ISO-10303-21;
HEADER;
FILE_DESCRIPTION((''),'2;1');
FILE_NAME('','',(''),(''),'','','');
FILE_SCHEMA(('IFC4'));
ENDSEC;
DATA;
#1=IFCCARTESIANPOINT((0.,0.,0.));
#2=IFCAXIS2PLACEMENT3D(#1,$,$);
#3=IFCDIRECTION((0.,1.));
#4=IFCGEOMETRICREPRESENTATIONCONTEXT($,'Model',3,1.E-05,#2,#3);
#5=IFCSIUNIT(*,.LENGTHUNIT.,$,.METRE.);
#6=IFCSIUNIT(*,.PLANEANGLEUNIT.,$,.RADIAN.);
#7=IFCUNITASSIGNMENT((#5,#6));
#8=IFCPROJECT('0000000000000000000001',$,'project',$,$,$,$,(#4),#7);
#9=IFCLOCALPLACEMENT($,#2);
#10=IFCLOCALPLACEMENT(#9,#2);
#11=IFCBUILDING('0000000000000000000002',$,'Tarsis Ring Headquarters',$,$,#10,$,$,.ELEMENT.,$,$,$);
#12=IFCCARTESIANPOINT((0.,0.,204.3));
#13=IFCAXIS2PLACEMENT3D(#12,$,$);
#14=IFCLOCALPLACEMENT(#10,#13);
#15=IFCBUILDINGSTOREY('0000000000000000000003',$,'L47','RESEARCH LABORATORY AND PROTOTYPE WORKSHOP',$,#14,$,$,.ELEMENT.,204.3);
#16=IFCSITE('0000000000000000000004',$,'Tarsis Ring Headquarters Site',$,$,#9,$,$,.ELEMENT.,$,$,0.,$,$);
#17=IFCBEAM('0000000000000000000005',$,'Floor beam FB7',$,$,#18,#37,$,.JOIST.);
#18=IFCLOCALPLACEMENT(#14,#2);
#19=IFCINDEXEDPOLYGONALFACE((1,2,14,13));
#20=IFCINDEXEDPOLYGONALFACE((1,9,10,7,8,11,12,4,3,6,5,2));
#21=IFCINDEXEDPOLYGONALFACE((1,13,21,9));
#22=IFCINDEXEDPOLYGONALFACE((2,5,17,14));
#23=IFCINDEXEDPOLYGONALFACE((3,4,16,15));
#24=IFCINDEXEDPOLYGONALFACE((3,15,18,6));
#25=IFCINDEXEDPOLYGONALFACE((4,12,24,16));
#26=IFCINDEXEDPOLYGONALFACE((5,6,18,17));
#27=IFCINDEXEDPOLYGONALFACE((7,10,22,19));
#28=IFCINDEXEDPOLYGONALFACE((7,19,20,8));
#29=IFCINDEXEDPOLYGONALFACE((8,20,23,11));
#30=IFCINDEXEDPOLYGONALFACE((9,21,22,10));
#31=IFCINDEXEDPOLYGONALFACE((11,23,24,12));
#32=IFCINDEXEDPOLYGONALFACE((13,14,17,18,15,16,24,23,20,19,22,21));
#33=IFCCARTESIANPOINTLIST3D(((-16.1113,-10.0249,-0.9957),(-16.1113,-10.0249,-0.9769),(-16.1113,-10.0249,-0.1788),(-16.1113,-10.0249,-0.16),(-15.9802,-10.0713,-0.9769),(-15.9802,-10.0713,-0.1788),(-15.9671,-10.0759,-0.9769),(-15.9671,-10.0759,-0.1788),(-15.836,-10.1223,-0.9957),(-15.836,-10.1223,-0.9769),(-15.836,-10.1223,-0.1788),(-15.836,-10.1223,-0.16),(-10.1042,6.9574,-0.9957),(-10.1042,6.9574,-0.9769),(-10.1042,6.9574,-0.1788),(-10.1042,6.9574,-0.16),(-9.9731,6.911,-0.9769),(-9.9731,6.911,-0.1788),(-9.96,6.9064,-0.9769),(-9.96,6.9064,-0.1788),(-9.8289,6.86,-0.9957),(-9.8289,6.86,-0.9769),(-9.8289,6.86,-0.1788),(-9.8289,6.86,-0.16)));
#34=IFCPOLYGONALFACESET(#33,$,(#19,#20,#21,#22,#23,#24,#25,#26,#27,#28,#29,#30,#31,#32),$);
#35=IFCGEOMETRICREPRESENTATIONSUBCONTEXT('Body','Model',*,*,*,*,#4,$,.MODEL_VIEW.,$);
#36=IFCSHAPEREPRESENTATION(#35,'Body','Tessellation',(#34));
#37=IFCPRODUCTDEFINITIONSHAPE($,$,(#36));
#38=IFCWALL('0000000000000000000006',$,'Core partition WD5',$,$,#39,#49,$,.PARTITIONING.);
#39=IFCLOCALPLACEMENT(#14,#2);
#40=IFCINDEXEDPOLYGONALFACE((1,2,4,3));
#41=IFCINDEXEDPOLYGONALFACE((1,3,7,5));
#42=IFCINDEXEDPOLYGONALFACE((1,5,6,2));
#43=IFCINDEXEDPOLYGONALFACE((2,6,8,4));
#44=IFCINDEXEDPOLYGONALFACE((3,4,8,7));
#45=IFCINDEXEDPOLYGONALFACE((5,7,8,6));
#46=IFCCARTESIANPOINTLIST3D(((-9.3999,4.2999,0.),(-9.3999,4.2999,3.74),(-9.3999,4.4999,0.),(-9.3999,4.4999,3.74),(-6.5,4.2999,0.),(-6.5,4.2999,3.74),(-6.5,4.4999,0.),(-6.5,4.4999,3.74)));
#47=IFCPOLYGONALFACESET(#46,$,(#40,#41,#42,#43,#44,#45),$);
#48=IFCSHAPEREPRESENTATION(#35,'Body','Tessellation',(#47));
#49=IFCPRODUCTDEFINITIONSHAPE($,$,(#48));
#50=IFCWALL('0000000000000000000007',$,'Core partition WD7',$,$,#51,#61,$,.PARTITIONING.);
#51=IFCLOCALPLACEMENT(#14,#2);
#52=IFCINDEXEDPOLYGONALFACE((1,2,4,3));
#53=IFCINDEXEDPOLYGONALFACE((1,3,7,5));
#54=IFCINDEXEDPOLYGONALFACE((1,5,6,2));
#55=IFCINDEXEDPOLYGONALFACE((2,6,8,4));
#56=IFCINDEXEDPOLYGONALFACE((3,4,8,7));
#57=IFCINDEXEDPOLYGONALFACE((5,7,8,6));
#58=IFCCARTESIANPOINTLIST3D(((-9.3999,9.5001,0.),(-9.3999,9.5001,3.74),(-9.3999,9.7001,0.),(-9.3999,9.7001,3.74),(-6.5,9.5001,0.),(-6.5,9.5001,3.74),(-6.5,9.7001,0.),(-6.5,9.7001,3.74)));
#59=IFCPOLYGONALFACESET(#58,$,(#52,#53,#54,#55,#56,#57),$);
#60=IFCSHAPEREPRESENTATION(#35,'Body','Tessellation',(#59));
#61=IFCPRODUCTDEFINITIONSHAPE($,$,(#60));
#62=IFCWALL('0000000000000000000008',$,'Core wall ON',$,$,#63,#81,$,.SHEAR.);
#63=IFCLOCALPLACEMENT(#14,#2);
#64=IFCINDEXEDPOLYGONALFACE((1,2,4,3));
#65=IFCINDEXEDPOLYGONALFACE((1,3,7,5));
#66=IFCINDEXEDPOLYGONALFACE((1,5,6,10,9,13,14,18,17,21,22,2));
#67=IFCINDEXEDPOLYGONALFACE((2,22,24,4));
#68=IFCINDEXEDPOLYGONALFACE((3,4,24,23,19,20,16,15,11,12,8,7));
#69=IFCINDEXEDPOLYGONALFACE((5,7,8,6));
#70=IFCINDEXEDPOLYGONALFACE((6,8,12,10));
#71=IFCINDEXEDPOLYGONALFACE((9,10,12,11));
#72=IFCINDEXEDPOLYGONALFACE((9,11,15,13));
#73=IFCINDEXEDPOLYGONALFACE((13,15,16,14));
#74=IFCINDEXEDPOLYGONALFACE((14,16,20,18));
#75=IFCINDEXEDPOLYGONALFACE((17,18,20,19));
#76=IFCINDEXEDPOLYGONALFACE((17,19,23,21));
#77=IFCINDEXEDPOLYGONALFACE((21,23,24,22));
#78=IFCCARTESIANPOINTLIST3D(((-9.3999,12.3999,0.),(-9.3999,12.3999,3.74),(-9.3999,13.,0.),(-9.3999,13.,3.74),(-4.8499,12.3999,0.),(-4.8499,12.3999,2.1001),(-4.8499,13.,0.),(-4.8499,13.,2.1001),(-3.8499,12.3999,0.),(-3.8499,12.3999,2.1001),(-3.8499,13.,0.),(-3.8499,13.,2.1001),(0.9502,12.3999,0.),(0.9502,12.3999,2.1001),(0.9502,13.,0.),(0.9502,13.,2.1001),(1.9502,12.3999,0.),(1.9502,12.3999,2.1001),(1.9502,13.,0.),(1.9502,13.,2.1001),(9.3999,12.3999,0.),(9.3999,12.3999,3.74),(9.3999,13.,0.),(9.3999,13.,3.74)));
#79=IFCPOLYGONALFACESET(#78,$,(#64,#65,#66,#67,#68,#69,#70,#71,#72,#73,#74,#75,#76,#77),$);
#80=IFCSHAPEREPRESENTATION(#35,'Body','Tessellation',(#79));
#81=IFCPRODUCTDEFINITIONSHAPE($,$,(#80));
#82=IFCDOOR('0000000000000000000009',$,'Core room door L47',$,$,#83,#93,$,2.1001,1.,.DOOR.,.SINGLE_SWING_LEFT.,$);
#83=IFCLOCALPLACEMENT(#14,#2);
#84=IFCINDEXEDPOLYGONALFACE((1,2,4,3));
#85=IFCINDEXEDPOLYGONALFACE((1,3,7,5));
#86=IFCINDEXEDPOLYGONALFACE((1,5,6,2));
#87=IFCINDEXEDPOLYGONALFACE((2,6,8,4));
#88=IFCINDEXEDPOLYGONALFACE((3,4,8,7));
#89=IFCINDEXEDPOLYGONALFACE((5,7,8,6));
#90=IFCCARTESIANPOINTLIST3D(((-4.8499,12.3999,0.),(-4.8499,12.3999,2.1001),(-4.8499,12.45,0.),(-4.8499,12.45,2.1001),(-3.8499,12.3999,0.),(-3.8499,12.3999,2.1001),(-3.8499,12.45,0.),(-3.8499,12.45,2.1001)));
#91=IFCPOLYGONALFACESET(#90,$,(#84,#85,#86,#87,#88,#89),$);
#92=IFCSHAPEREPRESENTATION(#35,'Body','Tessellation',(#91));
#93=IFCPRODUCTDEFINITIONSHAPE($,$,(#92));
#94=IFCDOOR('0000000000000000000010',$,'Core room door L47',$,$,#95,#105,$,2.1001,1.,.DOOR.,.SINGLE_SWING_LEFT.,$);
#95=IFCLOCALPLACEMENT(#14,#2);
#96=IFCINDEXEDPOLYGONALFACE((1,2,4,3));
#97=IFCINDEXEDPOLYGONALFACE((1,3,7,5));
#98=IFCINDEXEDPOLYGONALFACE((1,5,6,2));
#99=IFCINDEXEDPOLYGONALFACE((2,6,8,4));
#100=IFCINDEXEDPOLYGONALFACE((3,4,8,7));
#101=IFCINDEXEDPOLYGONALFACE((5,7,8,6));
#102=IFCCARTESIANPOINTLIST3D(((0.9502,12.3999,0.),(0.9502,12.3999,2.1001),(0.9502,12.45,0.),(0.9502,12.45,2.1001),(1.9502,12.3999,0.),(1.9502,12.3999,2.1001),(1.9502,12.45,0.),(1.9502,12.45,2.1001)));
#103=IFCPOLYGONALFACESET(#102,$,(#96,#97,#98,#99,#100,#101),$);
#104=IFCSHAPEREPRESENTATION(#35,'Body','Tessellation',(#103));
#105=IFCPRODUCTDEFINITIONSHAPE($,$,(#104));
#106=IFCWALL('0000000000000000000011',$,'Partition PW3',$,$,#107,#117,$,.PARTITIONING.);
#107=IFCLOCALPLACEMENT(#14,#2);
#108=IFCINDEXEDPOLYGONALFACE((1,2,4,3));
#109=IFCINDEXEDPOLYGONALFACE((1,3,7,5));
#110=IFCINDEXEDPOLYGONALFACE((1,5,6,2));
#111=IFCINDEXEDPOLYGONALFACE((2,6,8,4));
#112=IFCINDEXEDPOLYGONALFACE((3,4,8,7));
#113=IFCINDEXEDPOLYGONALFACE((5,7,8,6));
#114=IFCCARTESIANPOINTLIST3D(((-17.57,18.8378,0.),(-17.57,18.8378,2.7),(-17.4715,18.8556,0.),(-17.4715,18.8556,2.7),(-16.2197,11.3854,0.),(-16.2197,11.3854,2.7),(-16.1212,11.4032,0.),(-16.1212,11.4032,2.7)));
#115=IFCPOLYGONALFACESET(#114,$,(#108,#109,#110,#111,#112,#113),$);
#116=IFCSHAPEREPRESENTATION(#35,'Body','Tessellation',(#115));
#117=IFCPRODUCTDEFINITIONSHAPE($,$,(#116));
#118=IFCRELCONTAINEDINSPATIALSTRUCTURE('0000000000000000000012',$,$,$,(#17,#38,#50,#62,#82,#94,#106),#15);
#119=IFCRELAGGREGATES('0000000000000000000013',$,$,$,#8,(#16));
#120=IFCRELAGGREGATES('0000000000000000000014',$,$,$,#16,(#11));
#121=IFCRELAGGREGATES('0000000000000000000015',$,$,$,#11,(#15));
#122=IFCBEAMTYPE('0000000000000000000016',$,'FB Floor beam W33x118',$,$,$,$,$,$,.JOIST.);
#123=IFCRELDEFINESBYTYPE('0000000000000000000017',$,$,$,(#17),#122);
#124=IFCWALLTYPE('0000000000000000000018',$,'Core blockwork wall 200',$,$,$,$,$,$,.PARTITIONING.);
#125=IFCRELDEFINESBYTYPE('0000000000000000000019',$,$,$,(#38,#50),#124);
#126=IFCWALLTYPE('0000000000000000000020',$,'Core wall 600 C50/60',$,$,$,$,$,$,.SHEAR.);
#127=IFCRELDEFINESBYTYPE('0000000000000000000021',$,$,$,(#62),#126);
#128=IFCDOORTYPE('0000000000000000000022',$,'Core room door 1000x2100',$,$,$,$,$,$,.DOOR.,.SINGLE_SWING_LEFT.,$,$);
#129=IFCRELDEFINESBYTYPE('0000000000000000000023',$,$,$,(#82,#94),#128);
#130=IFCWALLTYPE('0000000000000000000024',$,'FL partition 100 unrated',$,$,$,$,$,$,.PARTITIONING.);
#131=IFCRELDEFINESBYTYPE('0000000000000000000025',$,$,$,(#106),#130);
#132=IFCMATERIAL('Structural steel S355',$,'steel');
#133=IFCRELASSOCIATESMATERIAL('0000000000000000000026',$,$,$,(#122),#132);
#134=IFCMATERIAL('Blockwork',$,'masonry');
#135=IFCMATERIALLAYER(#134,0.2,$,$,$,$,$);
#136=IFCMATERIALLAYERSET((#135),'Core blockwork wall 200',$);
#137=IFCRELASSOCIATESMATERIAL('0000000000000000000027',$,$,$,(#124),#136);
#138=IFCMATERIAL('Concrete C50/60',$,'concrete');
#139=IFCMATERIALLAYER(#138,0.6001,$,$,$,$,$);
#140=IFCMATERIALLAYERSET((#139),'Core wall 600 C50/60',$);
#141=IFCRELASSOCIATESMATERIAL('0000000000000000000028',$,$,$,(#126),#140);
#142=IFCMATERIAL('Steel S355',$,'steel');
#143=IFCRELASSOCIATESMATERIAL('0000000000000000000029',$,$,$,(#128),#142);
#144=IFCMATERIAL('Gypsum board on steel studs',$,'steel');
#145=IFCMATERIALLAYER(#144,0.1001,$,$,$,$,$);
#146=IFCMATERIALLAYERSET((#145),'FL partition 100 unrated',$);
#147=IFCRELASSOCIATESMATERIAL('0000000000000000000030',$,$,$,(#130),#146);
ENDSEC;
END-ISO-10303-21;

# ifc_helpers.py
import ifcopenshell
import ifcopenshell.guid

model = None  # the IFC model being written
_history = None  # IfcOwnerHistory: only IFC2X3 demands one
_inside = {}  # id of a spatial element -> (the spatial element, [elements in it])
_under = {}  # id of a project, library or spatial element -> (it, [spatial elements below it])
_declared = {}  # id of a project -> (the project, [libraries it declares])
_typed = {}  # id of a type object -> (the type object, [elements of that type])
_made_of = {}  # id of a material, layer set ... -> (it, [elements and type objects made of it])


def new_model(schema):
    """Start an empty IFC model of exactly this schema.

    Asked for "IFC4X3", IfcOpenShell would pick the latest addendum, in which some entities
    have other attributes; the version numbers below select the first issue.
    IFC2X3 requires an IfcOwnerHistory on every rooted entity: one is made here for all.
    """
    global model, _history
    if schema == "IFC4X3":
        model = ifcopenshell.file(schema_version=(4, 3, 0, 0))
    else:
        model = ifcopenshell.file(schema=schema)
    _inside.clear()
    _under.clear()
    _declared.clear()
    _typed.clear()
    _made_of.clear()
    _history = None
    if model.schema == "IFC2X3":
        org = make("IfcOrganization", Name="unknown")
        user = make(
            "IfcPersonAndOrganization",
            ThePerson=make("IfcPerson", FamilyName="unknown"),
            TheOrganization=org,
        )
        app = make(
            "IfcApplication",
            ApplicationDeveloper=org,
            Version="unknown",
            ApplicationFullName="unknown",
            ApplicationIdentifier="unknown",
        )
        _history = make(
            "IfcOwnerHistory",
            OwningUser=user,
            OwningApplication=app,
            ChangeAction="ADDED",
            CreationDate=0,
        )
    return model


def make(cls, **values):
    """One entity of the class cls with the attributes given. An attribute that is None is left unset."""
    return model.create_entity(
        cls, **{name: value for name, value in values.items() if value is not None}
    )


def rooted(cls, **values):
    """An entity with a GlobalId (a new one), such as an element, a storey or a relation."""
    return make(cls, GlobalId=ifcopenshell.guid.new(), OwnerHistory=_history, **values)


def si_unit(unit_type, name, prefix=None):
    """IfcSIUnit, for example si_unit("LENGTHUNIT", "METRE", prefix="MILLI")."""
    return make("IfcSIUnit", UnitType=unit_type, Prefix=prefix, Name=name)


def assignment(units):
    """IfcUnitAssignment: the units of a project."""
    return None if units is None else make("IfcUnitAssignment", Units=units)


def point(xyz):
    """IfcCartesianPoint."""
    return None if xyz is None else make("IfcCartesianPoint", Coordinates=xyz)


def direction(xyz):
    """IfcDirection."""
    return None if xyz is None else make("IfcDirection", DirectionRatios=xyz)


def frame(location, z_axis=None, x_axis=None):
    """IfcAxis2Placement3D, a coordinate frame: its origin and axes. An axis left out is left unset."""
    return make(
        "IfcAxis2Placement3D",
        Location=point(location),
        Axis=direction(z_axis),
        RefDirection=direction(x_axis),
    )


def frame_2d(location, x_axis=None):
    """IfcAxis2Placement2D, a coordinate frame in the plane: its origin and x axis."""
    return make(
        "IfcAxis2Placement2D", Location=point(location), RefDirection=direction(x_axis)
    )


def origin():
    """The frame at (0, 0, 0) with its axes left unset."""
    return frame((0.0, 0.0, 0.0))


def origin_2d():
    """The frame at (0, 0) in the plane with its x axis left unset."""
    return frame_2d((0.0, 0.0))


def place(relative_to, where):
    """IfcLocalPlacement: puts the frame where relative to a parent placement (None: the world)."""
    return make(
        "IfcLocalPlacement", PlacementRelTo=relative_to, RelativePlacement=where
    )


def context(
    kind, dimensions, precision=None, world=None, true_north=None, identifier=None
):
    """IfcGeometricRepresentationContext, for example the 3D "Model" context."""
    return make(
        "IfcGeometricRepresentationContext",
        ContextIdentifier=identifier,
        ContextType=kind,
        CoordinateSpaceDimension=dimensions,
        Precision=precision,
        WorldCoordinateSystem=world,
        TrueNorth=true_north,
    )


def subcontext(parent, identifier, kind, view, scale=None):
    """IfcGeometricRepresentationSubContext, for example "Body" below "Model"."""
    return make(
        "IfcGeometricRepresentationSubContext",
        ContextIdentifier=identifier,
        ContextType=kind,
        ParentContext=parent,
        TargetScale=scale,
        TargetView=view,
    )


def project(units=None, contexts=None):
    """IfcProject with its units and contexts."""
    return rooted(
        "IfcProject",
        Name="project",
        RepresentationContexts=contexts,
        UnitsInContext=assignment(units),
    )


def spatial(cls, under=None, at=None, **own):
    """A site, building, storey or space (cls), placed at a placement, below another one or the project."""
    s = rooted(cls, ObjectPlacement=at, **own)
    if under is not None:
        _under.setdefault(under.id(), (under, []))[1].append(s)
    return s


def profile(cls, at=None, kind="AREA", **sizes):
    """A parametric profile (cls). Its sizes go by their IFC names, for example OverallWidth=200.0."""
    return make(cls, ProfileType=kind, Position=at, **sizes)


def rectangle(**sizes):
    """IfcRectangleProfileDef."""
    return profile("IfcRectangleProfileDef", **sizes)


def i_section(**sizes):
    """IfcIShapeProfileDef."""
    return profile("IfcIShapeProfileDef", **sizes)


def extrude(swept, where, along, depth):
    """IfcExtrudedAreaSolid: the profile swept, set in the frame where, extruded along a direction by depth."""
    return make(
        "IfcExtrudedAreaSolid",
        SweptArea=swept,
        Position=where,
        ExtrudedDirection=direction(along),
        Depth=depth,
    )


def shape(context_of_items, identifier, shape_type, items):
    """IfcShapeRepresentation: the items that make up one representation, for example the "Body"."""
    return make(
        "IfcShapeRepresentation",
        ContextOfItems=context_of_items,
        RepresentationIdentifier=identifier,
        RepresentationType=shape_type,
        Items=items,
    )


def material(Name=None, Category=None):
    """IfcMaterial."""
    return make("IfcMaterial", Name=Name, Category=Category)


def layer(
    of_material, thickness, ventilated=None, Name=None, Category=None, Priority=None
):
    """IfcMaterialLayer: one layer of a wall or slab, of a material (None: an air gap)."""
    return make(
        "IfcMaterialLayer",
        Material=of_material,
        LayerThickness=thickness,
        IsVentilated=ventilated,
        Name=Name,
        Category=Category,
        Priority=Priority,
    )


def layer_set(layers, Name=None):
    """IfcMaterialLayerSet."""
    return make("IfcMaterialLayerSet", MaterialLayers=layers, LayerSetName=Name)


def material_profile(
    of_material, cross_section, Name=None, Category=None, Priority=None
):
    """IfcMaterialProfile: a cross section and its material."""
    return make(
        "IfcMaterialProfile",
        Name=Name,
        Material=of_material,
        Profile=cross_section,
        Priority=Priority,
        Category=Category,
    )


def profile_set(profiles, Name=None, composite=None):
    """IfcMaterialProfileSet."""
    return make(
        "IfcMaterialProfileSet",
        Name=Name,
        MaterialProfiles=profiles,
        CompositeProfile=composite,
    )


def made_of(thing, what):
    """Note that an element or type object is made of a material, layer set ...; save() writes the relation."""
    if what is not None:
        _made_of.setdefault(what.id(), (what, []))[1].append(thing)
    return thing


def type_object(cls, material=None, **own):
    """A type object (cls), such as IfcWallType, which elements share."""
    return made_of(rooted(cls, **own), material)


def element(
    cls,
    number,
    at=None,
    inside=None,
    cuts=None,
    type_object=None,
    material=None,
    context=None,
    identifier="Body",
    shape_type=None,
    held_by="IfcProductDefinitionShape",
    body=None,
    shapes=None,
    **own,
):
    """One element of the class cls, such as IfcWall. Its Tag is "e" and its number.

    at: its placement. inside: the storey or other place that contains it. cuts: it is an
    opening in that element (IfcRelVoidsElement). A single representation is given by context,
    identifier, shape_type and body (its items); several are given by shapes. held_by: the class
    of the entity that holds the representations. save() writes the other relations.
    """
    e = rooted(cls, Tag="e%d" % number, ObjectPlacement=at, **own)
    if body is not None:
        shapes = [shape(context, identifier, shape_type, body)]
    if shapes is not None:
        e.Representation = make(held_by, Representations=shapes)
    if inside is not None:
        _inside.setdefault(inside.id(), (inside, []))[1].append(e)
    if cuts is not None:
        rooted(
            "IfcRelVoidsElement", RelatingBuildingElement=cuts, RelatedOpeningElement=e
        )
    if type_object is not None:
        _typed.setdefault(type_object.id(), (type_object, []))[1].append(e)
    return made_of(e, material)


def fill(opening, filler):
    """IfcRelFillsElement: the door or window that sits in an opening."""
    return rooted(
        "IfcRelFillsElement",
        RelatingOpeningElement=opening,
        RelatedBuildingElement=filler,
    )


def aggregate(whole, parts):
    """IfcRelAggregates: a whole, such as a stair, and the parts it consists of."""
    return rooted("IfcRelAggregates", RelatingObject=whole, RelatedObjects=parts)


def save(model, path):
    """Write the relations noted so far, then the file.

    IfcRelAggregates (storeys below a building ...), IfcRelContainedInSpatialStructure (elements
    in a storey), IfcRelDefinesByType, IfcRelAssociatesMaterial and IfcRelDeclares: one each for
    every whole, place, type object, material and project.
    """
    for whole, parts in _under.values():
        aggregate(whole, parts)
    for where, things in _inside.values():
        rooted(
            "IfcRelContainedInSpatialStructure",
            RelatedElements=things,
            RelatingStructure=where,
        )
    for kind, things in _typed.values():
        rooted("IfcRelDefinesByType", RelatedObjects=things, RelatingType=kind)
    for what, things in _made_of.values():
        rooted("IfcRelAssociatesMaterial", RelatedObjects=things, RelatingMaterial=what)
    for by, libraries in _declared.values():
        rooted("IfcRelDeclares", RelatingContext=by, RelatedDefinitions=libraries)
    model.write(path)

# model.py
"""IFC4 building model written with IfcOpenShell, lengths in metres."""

from ifc_helpers import new_model, si_unit, direction, frame, frame_2d, origin, origin_2d, place, context, subcontext, project, spatial, rectangle, i_section, extrude, material, layer, layer_set, material_profile, profile_set, type_object, element, fill, save


model = new_model("IFC4")

# Units and contexts
model_context = context("Model", 3, precision=1e-05, world=origin(), true_north=direction((0.0, 1.0)))
body_context = subcontext(model_context, "Body", "Model", "MODEL_VIEW")
ifc_project = project(units=[si_unit("LENGTHUNIT", "METRE"), si_unit("PLANEANGLEUNIT", "RADIAN")], contexts=[model_context])

# Site, building, storey
site_placement = place(None, origin())
site = spatial("IfcSite", under=ifc_project, at=site_placement, Name="Tarsis Ring Headquarters Site", CompositionType="ELEMENT", RefElevation=0.0)
building_placement = place(site_placement, origin())
building = spatial("IfcBuilding", under=site, at=building_placement, Name="Tarsis Ring Headquarters", CompositionType="ELEMENT")
storey_placement = place(building_placement, frame((0.0, 0.0, 204.3)))
storey = spatial("IfcBuildingStorey", under=building, at=storey_placement, Name="L47", Description="RESEARCH LABORATORY AND PROTOTYPE WORKSHOP", CompositionType="ELEMENT", Elevation=204.3)

# Beam
ifc_material_1 = material(Name="Structural steel S355", Category="steel")
ifc_material_profile = material_profile(ifc_material_1, i_section(OverallWidth=0.292, OverallDepth=0.8357, WebThickness=0.0139, FlangeThickness=0.0188, at=origin_2d()), Name="W33x118")
ifc_profile_set = profile_set([ifc_material_profile], Name="Structural steel S355")
beam_type = type_object("IfcBeamType", Name="FB Floor beam W33x118", PredefinedType="JOIST", material=ifc_profile_set)
beam_placement = place(storey_placement, frame((-9.9666, 6.9087, -0.5779), z_axis=(-0.33348, -0.942757, 0.0), x_axis=(0.942757, -0.33348, 0.0)))
element("IfcBeam", 1, at=beam_placement, inside=storey, type_object=beam_type, Name="Floor beam FB7", PredefinedType="JOIST", context=body_context, shape_type="SweptSolid", body=[
    extrude(i_section(OverallWidth=0.292, OverallDepth=0.8357, WebThickness=0.0139, FlangeThickness=0.0188, at=origin_2d()), origin(), (0.0, 0.0, 1.0), 18.0134),
])

# Walls
ifc_material_2 = material(Name="Blockwork", Category="masonry")
ifc_layer_1 = layer(ifc_material_2, 0.2)
ifc_layer_set_1 = layer_set([ifc_layer_1], Name="Core blockwork wall 200")
wall_type_1 = type_object("IfcWallType", Name="Core blockwork wall 200", PredefinedType="PARTITIONING", material=ifc_layer_set_1)
for number, where, z_axis, x_axis, name in (
    (2, (-9.3999, 4.3999, 0.0), (0.0, 0.0, 1.0), (1.0, 0.0, 0.0), "Core partition WD5"),
    (3, (-9.3999, 9.6001, 0.0), (0.0, 0.0, 1.0), (1.0, 0.0, 0.0), "Core partition WD7"),
):
    element("IfcWall", number, at=place(storey_placement, frame(where, z_axis=z_axis, x_axis=x_axis)), inside=storey, type_object=wall_type_1, Name=name, PredefinedType="PARTITIONING", context=body_context, shape_type="SweptSolid", body=[
        extrude(rectangle(XDim=2.8999, YDim=0.2, at=frame_2d((1.45, 0.0))), origin(), (0.0, 0.0, 1.0), 3.74),
    ])

# Wall, openings, doors
ifc_material_3 = material(Name="Concrete C50/60", Category="concrete")
ifc_layer_2 = layer(ifc_material_3, 0.6001)
ifc_layer_set_2 = layer_set([ifc_layer_2], Name="Core wall 600 C50/60")
wall_type_2 = type_object("IfcWallType", Name="Core wall 600 C50/60", PredefinedType="SHEAR", material=ifc_layer_set_2)
wall_1_placement = place(storey_placement, frame((-9.3999, 12.7, 0.0), z_axis=(0.0, 0.0, 1.0), x_axis=(1.0, 0.0, 0.0)))
wall_1 = element("IfcWall", 4, at=wall_1_placement, inside=storey, type_object=wall_type_2, Name="Core wall ON", PredefinedType="SHEAR", context=body_context, shape_type="SweptSolid", body=[
    extrude(rectangle(XDim=18.7998, YDim=0.6001, at=frame_2d((9.3999, 0.0))), origin(), (0.0, 0.0, 1.0), 3.74),
])
opening_1_placement = place(wall_1_placement, frame((4.55, 0.0, 0.0)))
opening_1 = element("IfcOpeningElement", 5, at=opening_1_placement, cuts=wall_1, PredefinedType="OPENING", context=body_context, shape_type="SweptSolid", body=[
    extrude(rectangle(XDim=1.0, YDim=2.1001, at=frame_2d((0.5, 1.05))), frame((0.0, 0.3101, 0.0), z_axis=(0.0, -1.0, 0.0), x_axis=(1.0, 0.0, 0.0)), (0.0, 0.0, 1.0), 0.6201),
])
opening_2_placement = place(wall_1_placement, frame((10.3501, 0.0, 0.0)))
opening_2 = element("IfcOpeningElement", 6, at=opening_2_placement, cuts=wall_1, PredefinedType="OPENING", context=body_context, shape_type="SweptSolid", body=[
    extrude(rectangle(XDim=1.0, YDim=2.1001, at=frame_2d((0.5, 1.05))), frame((0.0, 0.3101, 0.0), z_axis=(0.0, -1.0, 0.0), x_axis=(1.0, 0.0, 0.0)), (0.0, 0.0, 1.0), 0.6201),
])
ifc_material_4 = material(Name="Steel S355", Category="steel")
door_type_1 = type_object("IfcDoorType", Name="Core room door 1000x2100", OperationType="SINGLE_SWING_LEFT", PredefinedType="DOOR", material=ifc_material_4)
door_1_placement = place(opening_1_placement, origin())
door_1 = element("IfcDoor", 7, at=door_1_placement, inside=storey, type_object=door_type_1, Name="Core room door L47", OperationType="SINGLE_SWING_LEFT", OverallHeight=2.1001, OverallWidth=1.0, PredefinedType="DOOR", context=body_context, shape_type="SweptSolid", body=[
    extrude(rectangle(XDim=1.0, YDim=2.1001, at=frame_2d((0.5, 1.05))), frame((0.0, -0.25, 0.0), z_axis=(0.0, -1.0, 0.0), x_axis=(1.0, 0.0, 0.0)), (0.0, 0.0, 1.0), 0.05),
])
fill(opening_1, door_1)
door_2_placement = place(opening_2_placement, origin())
door_2 = element("IfcDoor", 8, at=door_2_placement, inside=storey, type_object=door_type_1, Name="Core room door L47", OperationType="SINGLE_SWING_LEFT", OverallHeight=2.1001, OverallWidth=1.0, PredefinedType="DOOR", context=body_context, shape_type="SweptSolid", body=[
    extrude(rectangle(XDim=1.0, YDim=2.1001, at=frame_2d((0.5, 1.05))), frame((0.0, -0.25, 0.0), z_axis=(0.0, -1.0, 0.0), x_axis=(1.0, 0.0, 0.0)), (0.0, 0.0, 1.0), 0.05),
])
fill(opening_2, door_2)

# Wall
ifc_material_5 = material(Name="Gypsum board on steel studs", Category="steel")
ifc_layer_3 = layer(ifc_material_5, 0.1001)
ifc_layer_set_3 = layer_set([ifc_layer_3], Name="FL partition 100 unrated")
wall_type_3 = type_object("IfcWallType", Name="FL partition 100 unrated", PredefinedType="PARTITIONING", material=ifc_layer_set_3)
wall_2_placement = place(storey_placement, frame((-17.5208, 18.8467, 0.0), z_axis=(0.0, 0.0, 1.0), x_axis=(0.178293, -0.983978, 0.0)))
element("IfcWall", 9, at=wall_2_placement, inside=storey, type_object=wall_type_3, Name="Partition PW3", PredefinedType="PARTITIONING", context=body_context, shape_type="SweptSolid", body=[
    extrude(rectangle(XDim=7.5737, YDim=0.1001, at=frame_2d((3.7869, 0.0))), origin(), (0.0, 0.0, 1.0), 2.7),
])

save(model, "model.ifc")
